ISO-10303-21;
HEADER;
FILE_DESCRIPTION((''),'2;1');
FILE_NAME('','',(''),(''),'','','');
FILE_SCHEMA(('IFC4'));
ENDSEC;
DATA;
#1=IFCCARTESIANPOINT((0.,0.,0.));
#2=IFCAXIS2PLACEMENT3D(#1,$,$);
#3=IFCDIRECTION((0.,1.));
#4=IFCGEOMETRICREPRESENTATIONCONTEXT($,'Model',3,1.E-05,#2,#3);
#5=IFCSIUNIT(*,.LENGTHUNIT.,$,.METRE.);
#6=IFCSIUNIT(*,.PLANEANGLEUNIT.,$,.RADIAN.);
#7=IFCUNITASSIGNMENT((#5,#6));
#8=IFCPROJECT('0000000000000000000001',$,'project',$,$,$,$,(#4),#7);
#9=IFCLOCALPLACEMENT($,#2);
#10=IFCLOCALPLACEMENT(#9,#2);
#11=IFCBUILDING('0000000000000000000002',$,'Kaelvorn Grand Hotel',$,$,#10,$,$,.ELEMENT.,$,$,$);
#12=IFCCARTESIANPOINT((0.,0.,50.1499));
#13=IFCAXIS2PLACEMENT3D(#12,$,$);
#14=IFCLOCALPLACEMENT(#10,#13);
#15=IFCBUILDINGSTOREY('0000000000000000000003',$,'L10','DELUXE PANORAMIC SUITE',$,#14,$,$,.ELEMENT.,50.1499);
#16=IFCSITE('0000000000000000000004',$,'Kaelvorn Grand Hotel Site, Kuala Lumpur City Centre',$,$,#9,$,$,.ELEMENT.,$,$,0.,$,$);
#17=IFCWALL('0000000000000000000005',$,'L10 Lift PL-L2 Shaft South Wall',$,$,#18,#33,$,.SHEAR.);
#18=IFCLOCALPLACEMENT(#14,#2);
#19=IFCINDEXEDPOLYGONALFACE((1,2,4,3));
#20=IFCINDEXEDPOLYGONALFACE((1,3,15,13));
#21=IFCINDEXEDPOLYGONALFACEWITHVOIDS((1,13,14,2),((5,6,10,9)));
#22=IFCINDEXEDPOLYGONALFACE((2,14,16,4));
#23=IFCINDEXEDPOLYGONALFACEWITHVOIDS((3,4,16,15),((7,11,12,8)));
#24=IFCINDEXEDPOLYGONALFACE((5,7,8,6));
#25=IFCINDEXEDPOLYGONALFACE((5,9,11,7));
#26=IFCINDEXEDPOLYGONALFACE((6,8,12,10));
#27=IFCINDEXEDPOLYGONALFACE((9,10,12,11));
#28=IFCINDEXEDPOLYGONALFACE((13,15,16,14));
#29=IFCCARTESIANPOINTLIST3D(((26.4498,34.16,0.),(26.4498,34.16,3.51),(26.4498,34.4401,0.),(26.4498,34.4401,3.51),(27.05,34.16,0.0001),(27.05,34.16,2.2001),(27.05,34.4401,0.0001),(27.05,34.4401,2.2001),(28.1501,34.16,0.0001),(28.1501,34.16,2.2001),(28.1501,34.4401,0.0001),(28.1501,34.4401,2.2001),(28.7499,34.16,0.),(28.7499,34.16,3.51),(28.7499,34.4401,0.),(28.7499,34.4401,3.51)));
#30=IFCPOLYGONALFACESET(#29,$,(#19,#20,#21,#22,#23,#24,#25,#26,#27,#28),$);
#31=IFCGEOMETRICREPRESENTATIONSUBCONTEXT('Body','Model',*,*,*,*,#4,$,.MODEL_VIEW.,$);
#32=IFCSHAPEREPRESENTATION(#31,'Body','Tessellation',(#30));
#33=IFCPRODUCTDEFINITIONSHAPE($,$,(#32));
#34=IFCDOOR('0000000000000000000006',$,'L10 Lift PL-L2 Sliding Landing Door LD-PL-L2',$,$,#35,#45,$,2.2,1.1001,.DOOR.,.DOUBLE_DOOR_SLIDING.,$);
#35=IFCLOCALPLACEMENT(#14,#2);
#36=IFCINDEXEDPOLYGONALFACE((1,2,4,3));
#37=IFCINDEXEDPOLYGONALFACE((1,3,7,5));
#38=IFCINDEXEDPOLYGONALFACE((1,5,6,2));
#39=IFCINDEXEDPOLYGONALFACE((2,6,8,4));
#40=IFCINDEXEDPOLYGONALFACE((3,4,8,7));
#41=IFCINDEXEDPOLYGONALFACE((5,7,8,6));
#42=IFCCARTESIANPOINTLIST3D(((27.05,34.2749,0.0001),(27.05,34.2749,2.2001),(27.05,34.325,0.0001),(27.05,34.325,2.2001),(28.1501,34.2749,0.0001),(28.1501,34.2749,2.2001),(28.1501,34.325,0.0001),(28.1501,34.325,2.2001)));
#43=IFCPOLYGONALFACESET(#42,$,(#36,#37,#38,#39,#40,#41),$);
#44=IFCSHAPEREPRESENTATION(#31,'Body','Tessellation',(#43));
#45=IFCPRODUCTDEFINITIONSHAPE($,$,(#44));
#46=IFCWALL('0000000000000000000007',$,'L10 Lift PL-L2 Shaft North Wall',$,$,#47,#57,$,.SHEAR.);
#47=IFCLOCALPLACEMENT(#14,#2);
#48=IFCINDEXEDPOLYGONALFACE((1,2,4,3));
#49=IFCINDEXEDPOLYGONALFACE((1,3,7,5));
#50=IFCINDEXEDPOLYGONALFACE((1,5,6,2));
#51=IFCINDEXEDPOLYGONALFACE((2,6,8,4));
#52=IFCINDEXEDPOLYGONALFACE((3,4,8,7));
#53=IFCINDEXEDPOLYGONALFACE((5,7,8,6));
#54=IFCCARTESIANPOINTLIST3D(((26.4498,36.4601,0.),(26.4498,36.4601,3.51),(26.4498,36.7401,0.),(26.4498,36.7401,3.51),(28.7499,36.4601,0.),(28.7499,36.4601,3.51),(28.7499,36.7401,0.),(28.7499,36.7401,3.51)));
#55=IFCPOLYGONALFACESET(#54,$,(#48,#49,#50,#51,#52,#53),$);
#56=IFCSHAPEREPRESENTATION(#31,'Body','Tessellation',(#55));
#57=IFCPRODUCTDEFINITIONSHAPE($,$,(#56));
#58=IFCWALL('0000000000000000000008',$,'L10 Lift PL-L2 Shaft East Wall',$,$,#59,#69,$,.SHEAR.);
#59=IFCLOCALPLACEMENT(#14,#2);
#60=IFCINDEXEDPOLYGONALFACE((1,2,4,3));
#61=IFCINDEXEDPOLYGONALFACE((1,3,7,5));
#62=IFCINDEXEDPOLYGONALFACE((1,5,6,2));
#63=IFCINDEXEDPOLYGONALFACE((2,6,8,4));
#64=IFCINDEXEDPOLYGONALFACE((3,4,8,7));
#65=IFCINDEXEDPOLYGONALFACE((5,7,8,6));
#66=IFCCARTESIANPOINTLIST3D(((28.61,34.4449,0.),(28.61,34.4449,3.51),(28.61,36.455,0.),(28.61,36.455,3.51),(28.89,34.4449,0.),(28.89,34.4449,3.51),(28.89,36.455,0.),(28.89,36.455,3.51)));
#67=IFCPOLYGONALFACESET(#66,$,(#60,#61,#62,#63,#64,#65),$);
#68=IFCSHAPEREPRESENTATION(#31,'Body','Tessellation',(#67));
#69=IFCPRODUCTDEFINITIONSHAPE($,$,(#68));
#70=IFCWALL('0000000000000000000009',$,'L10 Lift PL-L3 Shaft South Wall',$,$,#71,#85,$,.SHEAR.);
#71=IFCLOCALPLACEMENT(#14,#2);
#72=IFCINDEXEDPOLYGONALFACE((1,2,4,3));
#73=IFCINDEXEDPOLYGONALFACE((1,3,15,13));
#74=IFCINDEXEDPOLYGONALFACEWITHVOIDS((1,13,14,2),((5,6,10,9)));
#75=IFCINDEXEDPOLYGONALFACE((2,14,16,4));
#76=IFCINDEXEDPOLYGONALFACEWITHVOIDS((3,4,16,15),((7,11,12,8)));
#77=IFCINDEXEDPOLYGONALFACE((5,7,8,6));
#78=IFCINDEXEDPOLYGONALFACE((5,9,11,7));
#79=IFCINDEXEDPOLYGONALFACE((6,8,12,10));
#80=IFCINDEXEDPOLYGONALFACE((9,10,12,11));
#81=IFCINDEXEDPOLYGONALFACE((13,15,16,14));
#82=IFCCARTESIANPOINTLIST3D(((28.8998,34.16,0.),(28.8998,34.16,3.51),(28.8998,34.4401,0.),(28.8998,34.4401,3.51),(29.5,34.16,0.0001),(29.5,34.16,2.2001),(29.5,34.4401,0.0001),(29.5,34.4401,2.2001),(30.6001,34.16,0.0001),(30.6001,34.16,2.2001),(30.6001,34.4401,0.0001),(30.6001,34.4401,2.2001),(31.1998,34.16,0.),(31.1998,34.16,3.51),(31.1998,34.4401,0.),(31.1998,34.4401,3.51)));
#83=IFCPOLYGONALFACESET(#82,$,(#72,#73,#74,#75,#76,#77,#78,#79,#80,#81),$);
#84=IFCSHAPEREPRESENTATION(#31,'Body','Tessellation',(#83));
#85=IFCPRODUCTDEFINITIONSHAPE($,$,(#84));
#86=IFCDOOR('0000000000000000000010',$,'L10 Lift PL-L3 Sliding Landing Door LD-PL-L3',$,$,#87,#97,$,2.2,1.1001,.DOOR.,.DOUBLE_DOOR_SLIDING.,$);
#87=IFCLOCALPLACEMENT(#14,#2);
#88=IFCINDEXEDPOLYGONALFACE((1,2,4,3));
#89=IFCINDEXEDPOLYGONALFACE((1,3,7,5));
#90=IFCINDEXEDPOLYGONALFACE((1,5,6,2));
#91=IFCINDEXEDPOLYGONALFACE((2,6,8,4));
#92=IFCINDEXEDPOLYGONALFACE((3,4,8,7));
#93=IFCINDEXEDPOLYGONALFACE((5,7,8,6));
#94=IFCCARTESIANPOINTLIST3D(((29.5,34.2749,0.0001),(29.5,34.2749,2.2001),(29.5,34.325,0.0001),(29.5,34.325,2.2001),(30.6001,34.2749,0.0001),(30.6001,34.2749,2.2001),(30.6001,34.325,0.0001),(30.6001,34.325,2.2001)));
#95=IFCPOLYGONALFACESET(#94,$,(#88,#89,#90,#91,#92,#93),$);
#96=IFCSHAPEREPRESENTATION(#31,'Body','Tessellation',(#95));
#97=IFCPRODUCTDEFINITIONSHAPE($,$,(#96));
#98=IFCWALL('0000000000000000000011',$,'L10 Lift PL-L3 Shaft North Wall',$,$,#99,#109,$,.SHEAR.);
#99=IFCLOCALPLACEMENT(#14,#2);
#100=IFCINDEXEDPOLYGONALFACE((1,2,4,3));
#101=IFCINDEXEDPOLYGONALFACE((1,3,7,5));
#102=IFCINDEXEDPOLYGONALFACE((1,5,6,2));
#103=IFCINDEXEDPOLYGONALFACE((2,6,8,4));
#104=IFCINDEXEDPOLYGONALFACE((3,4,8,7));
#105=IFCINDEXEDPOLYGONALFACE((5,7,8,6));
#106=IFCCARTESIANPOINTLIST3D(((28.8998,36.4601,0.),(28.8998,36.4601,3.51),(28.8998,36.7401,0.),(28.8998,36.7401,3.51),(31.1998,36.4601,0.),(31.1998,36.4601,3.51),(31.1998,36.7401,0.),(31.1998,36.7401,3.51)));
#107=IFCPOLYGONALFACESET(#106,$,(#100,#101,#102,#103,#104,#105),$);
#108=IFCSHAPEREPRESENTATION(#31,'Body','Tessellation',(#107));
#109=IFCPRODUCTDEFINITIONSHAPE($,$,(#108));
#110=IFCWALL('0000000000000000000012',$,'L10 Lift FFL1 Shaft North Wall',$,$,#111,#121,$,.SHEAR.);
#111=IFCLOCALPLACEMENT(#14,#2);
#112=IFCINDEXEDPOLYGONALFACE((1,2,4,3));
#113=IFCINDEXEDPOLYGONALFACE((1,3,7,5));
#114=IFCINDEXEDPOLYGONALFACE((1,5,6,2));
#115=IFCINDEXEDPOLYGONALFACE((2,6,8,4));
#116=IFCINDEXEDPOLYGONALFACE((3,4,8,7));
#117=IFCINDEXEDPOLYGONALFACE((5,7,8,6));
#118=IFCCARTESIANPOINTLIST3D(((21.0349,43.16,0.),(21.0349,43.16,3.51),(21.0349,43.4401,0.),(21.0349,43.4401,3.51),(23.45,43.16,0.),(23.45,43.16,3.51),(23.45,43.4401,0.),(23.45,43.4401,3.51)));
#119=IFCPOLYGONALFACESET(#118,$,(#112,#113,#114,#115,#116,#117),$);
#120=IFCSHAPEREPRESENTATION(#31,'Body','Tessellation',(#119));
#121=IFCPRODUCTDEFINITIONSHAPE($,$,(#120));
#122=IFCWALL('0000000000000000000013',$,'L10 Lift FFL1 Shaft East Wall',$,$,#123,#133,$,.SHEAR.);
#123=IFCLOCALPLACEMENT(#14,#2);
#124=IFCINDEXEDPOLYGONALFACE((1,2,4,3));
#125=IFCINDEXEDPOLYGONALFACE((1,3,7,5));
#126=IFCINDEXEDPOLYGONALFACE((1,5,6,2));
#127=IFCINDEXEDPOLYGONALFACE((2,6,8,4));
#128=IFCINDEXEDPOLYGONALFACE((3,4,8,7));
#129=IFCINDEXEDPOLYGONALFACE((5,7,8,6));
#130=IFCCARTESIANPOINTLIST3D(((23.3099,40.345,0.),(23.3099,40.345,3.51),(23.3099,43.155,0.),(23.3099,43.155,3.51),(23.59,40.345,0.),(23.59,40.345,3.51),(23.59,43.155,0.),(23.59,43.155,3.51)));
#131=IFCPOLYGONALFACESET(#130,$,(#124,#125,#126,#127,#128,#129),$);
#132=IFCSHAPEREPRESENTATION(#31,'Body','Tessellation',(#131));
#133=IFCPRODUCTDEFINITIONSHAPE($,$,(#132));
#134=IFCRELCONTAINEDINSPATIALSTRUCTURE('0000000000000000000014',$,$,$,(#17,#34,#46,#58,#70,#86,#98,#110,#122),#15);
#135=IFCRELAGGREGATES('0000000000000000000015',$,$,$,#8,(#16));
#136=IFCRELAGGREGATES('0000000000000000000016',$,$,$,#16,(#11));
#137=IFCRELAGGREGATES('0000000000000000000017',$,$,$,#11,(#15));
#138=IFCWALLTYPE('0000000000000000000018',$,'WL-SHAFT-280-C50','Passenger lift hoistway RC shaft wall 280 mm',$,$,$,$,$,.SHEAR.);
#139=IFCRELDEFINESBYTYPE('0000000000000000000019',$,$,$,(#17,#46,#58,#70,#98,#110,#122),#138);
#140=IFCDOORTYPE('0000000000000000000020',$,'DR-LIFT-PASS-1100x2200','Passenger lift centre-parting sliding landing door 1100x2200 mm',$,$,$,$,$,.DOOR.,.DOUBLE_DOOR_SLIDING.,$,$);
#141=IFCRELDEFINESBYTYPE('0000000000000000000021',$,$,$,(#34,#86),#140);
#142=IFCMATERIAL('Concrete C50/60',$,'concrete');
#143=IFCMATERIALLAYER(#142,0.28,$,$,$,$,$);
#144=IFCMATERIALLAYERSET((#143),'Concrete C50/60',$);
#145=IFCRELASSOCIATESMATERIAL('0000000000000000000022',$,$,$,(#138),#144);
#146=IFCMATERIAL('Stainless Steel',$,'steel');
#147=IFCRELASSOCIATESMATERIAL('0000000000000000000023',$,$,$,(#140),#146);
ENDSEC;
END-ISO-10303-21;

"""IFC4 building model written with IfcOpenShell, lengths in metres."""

from ifc_helpers import new_model, si_unit, direction, frame, frame_2d, origin, place, context, subcontext, project, spatial, rectangle, extrude, material, layer, layer_set, type_object, element, fill, save


model = new_model("IFC4")

# Units and contexts
model_context = context("Model", 3, precision=1e-05, world=origin(), true_north=direction((0.0, 1.0)))
body_context = subcontext(model_context, "Body", "Model", "MODEL_VIEW")
ifc_project = project(units=[si_unit("LENGTHUNIT", "METRE"), si_unit("PLANEANGLEUNIT", "RADIAN")], contexts=[model_context])

# Site, building, storey
site_placement = place(None, origin())
site = spatial("IfcSite", under=ifc_project, at=site_placement, Name="Kaelvorn Grand Hotel Site, Kuala Lumpur City Centre", CompositionType="ELEMENT", RefElevation=0.0)
building_placement = place(site_placement, origin())
building = spatial("IfcBuilding", under=site, at=building_placement, Name="Kaelvorn Grand Hotel", CompositionType="ELEMENT")
storey_placement = place(building_placement, frame((0.0, 0.0, 50.1499)))
storey = spatial("IfcBuildingStorey", under=building, at=storey_placement, Name="L10", Description="DELUXE PANORAMIC SUITE", CompositionType="ELEMENT", Elevation=50.1499)

# Shared definitions
ifc_material_1 = material(Name="Concrete C50/60", Category="concrete")
ifc_layer_1 = layer(ifc_material_1, 0.28)
ifc_layer_set_1 = layer_set([ifc_layer_1], Name="Concrete C50/60")
wall_type_1 = type_object("IfcWallType", Name="WL-SHAFT-280-C50", Description="Passenger lift hoistway RC shaft wall 280 mm", PredefinedType="SHEAR", material=ifc_layer_set_1)
ifc_material_2 = material(Name="Stainless Steel", Category="steel")
door_type_1 = type_object("IfcDoorType", Name="DR-LIFT-PASS-1100x2200", Description="Passenger lift centre-parting sliding landing door 1100x2200 mm", OperationType="DOUBLE_DOOR_SLIDING", PredefinedType="DOOR", material=ifc_material_2)

# Wall, opening, door
wall_1_placement = place(storey_placement, frame((26.45, 34.3, 0.0), z_axis=(0.0, 0.0, 1.0), x_axis=(1.0, 0.0, 0.0)))
wall_1 = element("IfcWall", 1, at=wall_1_placement, inside=storey, type_object=wall_type_1, Name="L10 Lift PL-L2 Shaft South Wall", PredefinedType="SHEAR", context=body_context, shape_type="SweptSolid", body=[
    extrude(rectangle(XDim=2.3, YDim=0.28, at=frame_2d((1.1499, 0.0))), origin(), (0.0, 0.0, 1.0), 3.51),
])
opening_1_placement = place(wall_1_placement, frame((0.6001, 0.0, 0.0)))
opening_1 = element("IfcOpeningElement", 2, at=opening_1_placement, cuts=wall_1, PredefinedType="OPENING", context=body_context, shape_type="SweptSolid", body=[
    extrude(rectangle(XDim=1.1001, YDim=2.2, at=frame_2d((0.55, 1.1001))), frame((0.0, 0.1499, 0.0), z_axis=(0.0, -1.0, 0.0), x_axis=(1.0, 0.0, 0.0)), (0.0, 0.0, 1.0), 0.3),
])
door_1_placement = place(opening_1_placement, origin())
door_1 = element("IfcDoor", 3, at=door_1_placement, inside=storey, type_object=door_type_1, Name="L10 Lift PL-L2 Sliding Landing Door LD-PL-L2", OperationType="DOUBLE_DOOR_SLIDING", OverallHeight=2.2, OverallWidth=1.1001, PredefinedType="DOOR", context=body_context, shape_type="SweptSolid", body=[
    extrude(rectangle(XDim=1.1001, YDim=2.2, at=frame_2d((0.55, 1.1001))), frame((0.0, 0.0249, 0.0), z_axis=(0.0, -1.0, 0.0), x_axis=(1.0, 0.0, 0.0)), (0.0, 0.0, 1.0), 0.05),
])
fill(opening_1, door_1)

# Walls
wall_2_placement = place(storey_placement, frame((26.45, 36.6001, 0.0), z_axis=(0.0, 0.0, 1.0), x_axis=(1.0, 0.0, 0.0)))
element("IfcWall", 4, at=wall_2_placement, inside=storey, type_object=wall_type_1, Name="L10 Lift PL-L2 Shaft North Wall", PredefinedType="SHEAR", context=body_context, shape_type="SweptSolid", body=[
    extrude(rectangle(XDim=2.3, YDim=0.28, at=frame_2d((1.1499, 0.0))), origin(), (0.0, 0.0, 1.0), 3.51),
])
wall_3_placement = place(storey_placement, frame((28.75, 34.4451, 0.0), z_axis=(0.0, 0.0, 1.0), x_axis=(0.0, 1.0, 0.0)))
element("IfcWall", 5, at=wall_3_placement, inside=storey, type_object=wall_type_1, Name="L10 Lift PL-L2 Shaft East Wall", PredefinedType="SHEAR", context=body_context, shape_type="SweptSolid", body=[
    extrude(rectangle(XDim=2.01, YDim=0.28, at=frame_2d((1.0049, 0.0))), origin(), (0.0, 0.0, 1.0), 3.51),
])

# Wall, opening, door
wall_4_placement = place(storey_placement, frame((28.8999, 34.3, 0.0), z_axis=(0.0, 0.0, 1.0), x_axis=(1.0, 0.0, 0.0)))
wall_4 = element("IfcWall", 6, at=wall_4_placement, inside=storey, type_object=wall_type_1, Name="L10 Lift PL-L3 Shaft South Wall", PredefinedType="SHEAR", context=body_context, shape_type="SweptSolid", body=[
    extrude(rectangle(XDim=2.3, YDim=0.28, at=frame_2d((1.1499, 0.0))), origin(), (0.0, 0.0, 1.0), 3.51),
])
opening_2_placement = place(wall_4_placement, frame((0.6001, 0.0, 0.0)))
opening_2 = element("IfcOpeningElement", 7, at=opening_2_placement, cuts=wall_4, PredefinedType="OPENING", context=body_context, shape_type="SweptSolid", body=[
    extrude(rectangle(XDim=1.1001, YDim=2.2, at=frame_2d((0.55, 1.1001))), frame((0.0, 0.1499, 0.0), z_axis=(0.0, -1.0, 0.0), x_axis=(1.0, 0.0, 0.0)), (0.0, 0.0, 1.0), 0.3),
])
door_2_placement = place(opening_2_placement, origin())
door_2 = element("IfcDoor", 8, at=door_2_placement, inside=storey, type_object=door_type_1, Name="L10 Lift PL-L3 Sliding Landing Door LD-PL-L3", OperationType="DOUBLE_DOOR_SLIDING", OverallHeight=2.2, OverallWidth=1.1001, PredefinedType="DOOR", context=body_context, shape_type="SweptSolid", body=[
    extrude(rectangle(XDim=1.1001, YDim=2.2, at=frame_2d((0.55, 1.1001))), frame((0.0, 0.0249, 0.0), z_axis=(0.0, -1.0, 0.0), x_axis=(1.0, 0.0, 0.0)), (0.0, 0.0, 1.0), 0.05),
])
fill(opening_2, door_2)

# Walls
wall_5_placement = place(storey_placement, frame((28.8999, 36.6001, 0.0), z_axis=(0.0, 0.0, 1.0), x_axis=(1.0, 0.0, 0.0)))
element("IfcWall", 9, at=wall_5_placement, inside=storey, type_object=wall_type_1, Name="L10 Lift PL-L3 Shaft North Wall", PredefinedType="SHEAR", context=body_context, shape_type="SweptSolid", body=[
    extrude(rectangle(XDim=2.3, YDim=0.28, at=frame_2d((1.1499, 0.0))), origin(), (0.0, 0.0, 1.0), 3.51),
])
wall_6_placement = place(storey_placement, frame((21.0349, 43.3, 0.0), z_axis=(0.0, 0.0, 1.0), x_axis=(1.0, 0.0, 0.0)))
element("IfcWall", 10, at=wall_6_placement, inside=storey, type_object=wall_type_1, Name="L10 Lift FFL1 Shaft North Wall", PredefinedType="SHEAR", context=body_context, shape_type="SweptSolid", body=[
    extrude(rectangle(XDim=2.415, YDim=0.28, at=frame_2d((1.2075, 0.0))), origin(), (0.0, 0.0, 1.0), 3.51),
])
wall_7_placement = place(storey_placement, frame((23.45, 40.345, 0.0), z_axis=(0.0, 0.0, 1.0), x_axis=(0.0, 1.0, 0.0)))
element("IfcWall", 11, at=wall_7_placement, inside=storey, type_object=wall_type_1, Name="L10 Lift FFL1 Shaft East Wall", PredefinedType="SHEAR", context=body_context, shape_type="SweptSolid", body=[
    extrude(rectangle(XDim=2.8101, YDim=0.28, at=frame_2d((1.405, 0.0))), origin(), (0.0, 0.0, 1.0), 3.51),
])

save(model, "model.ifc")
